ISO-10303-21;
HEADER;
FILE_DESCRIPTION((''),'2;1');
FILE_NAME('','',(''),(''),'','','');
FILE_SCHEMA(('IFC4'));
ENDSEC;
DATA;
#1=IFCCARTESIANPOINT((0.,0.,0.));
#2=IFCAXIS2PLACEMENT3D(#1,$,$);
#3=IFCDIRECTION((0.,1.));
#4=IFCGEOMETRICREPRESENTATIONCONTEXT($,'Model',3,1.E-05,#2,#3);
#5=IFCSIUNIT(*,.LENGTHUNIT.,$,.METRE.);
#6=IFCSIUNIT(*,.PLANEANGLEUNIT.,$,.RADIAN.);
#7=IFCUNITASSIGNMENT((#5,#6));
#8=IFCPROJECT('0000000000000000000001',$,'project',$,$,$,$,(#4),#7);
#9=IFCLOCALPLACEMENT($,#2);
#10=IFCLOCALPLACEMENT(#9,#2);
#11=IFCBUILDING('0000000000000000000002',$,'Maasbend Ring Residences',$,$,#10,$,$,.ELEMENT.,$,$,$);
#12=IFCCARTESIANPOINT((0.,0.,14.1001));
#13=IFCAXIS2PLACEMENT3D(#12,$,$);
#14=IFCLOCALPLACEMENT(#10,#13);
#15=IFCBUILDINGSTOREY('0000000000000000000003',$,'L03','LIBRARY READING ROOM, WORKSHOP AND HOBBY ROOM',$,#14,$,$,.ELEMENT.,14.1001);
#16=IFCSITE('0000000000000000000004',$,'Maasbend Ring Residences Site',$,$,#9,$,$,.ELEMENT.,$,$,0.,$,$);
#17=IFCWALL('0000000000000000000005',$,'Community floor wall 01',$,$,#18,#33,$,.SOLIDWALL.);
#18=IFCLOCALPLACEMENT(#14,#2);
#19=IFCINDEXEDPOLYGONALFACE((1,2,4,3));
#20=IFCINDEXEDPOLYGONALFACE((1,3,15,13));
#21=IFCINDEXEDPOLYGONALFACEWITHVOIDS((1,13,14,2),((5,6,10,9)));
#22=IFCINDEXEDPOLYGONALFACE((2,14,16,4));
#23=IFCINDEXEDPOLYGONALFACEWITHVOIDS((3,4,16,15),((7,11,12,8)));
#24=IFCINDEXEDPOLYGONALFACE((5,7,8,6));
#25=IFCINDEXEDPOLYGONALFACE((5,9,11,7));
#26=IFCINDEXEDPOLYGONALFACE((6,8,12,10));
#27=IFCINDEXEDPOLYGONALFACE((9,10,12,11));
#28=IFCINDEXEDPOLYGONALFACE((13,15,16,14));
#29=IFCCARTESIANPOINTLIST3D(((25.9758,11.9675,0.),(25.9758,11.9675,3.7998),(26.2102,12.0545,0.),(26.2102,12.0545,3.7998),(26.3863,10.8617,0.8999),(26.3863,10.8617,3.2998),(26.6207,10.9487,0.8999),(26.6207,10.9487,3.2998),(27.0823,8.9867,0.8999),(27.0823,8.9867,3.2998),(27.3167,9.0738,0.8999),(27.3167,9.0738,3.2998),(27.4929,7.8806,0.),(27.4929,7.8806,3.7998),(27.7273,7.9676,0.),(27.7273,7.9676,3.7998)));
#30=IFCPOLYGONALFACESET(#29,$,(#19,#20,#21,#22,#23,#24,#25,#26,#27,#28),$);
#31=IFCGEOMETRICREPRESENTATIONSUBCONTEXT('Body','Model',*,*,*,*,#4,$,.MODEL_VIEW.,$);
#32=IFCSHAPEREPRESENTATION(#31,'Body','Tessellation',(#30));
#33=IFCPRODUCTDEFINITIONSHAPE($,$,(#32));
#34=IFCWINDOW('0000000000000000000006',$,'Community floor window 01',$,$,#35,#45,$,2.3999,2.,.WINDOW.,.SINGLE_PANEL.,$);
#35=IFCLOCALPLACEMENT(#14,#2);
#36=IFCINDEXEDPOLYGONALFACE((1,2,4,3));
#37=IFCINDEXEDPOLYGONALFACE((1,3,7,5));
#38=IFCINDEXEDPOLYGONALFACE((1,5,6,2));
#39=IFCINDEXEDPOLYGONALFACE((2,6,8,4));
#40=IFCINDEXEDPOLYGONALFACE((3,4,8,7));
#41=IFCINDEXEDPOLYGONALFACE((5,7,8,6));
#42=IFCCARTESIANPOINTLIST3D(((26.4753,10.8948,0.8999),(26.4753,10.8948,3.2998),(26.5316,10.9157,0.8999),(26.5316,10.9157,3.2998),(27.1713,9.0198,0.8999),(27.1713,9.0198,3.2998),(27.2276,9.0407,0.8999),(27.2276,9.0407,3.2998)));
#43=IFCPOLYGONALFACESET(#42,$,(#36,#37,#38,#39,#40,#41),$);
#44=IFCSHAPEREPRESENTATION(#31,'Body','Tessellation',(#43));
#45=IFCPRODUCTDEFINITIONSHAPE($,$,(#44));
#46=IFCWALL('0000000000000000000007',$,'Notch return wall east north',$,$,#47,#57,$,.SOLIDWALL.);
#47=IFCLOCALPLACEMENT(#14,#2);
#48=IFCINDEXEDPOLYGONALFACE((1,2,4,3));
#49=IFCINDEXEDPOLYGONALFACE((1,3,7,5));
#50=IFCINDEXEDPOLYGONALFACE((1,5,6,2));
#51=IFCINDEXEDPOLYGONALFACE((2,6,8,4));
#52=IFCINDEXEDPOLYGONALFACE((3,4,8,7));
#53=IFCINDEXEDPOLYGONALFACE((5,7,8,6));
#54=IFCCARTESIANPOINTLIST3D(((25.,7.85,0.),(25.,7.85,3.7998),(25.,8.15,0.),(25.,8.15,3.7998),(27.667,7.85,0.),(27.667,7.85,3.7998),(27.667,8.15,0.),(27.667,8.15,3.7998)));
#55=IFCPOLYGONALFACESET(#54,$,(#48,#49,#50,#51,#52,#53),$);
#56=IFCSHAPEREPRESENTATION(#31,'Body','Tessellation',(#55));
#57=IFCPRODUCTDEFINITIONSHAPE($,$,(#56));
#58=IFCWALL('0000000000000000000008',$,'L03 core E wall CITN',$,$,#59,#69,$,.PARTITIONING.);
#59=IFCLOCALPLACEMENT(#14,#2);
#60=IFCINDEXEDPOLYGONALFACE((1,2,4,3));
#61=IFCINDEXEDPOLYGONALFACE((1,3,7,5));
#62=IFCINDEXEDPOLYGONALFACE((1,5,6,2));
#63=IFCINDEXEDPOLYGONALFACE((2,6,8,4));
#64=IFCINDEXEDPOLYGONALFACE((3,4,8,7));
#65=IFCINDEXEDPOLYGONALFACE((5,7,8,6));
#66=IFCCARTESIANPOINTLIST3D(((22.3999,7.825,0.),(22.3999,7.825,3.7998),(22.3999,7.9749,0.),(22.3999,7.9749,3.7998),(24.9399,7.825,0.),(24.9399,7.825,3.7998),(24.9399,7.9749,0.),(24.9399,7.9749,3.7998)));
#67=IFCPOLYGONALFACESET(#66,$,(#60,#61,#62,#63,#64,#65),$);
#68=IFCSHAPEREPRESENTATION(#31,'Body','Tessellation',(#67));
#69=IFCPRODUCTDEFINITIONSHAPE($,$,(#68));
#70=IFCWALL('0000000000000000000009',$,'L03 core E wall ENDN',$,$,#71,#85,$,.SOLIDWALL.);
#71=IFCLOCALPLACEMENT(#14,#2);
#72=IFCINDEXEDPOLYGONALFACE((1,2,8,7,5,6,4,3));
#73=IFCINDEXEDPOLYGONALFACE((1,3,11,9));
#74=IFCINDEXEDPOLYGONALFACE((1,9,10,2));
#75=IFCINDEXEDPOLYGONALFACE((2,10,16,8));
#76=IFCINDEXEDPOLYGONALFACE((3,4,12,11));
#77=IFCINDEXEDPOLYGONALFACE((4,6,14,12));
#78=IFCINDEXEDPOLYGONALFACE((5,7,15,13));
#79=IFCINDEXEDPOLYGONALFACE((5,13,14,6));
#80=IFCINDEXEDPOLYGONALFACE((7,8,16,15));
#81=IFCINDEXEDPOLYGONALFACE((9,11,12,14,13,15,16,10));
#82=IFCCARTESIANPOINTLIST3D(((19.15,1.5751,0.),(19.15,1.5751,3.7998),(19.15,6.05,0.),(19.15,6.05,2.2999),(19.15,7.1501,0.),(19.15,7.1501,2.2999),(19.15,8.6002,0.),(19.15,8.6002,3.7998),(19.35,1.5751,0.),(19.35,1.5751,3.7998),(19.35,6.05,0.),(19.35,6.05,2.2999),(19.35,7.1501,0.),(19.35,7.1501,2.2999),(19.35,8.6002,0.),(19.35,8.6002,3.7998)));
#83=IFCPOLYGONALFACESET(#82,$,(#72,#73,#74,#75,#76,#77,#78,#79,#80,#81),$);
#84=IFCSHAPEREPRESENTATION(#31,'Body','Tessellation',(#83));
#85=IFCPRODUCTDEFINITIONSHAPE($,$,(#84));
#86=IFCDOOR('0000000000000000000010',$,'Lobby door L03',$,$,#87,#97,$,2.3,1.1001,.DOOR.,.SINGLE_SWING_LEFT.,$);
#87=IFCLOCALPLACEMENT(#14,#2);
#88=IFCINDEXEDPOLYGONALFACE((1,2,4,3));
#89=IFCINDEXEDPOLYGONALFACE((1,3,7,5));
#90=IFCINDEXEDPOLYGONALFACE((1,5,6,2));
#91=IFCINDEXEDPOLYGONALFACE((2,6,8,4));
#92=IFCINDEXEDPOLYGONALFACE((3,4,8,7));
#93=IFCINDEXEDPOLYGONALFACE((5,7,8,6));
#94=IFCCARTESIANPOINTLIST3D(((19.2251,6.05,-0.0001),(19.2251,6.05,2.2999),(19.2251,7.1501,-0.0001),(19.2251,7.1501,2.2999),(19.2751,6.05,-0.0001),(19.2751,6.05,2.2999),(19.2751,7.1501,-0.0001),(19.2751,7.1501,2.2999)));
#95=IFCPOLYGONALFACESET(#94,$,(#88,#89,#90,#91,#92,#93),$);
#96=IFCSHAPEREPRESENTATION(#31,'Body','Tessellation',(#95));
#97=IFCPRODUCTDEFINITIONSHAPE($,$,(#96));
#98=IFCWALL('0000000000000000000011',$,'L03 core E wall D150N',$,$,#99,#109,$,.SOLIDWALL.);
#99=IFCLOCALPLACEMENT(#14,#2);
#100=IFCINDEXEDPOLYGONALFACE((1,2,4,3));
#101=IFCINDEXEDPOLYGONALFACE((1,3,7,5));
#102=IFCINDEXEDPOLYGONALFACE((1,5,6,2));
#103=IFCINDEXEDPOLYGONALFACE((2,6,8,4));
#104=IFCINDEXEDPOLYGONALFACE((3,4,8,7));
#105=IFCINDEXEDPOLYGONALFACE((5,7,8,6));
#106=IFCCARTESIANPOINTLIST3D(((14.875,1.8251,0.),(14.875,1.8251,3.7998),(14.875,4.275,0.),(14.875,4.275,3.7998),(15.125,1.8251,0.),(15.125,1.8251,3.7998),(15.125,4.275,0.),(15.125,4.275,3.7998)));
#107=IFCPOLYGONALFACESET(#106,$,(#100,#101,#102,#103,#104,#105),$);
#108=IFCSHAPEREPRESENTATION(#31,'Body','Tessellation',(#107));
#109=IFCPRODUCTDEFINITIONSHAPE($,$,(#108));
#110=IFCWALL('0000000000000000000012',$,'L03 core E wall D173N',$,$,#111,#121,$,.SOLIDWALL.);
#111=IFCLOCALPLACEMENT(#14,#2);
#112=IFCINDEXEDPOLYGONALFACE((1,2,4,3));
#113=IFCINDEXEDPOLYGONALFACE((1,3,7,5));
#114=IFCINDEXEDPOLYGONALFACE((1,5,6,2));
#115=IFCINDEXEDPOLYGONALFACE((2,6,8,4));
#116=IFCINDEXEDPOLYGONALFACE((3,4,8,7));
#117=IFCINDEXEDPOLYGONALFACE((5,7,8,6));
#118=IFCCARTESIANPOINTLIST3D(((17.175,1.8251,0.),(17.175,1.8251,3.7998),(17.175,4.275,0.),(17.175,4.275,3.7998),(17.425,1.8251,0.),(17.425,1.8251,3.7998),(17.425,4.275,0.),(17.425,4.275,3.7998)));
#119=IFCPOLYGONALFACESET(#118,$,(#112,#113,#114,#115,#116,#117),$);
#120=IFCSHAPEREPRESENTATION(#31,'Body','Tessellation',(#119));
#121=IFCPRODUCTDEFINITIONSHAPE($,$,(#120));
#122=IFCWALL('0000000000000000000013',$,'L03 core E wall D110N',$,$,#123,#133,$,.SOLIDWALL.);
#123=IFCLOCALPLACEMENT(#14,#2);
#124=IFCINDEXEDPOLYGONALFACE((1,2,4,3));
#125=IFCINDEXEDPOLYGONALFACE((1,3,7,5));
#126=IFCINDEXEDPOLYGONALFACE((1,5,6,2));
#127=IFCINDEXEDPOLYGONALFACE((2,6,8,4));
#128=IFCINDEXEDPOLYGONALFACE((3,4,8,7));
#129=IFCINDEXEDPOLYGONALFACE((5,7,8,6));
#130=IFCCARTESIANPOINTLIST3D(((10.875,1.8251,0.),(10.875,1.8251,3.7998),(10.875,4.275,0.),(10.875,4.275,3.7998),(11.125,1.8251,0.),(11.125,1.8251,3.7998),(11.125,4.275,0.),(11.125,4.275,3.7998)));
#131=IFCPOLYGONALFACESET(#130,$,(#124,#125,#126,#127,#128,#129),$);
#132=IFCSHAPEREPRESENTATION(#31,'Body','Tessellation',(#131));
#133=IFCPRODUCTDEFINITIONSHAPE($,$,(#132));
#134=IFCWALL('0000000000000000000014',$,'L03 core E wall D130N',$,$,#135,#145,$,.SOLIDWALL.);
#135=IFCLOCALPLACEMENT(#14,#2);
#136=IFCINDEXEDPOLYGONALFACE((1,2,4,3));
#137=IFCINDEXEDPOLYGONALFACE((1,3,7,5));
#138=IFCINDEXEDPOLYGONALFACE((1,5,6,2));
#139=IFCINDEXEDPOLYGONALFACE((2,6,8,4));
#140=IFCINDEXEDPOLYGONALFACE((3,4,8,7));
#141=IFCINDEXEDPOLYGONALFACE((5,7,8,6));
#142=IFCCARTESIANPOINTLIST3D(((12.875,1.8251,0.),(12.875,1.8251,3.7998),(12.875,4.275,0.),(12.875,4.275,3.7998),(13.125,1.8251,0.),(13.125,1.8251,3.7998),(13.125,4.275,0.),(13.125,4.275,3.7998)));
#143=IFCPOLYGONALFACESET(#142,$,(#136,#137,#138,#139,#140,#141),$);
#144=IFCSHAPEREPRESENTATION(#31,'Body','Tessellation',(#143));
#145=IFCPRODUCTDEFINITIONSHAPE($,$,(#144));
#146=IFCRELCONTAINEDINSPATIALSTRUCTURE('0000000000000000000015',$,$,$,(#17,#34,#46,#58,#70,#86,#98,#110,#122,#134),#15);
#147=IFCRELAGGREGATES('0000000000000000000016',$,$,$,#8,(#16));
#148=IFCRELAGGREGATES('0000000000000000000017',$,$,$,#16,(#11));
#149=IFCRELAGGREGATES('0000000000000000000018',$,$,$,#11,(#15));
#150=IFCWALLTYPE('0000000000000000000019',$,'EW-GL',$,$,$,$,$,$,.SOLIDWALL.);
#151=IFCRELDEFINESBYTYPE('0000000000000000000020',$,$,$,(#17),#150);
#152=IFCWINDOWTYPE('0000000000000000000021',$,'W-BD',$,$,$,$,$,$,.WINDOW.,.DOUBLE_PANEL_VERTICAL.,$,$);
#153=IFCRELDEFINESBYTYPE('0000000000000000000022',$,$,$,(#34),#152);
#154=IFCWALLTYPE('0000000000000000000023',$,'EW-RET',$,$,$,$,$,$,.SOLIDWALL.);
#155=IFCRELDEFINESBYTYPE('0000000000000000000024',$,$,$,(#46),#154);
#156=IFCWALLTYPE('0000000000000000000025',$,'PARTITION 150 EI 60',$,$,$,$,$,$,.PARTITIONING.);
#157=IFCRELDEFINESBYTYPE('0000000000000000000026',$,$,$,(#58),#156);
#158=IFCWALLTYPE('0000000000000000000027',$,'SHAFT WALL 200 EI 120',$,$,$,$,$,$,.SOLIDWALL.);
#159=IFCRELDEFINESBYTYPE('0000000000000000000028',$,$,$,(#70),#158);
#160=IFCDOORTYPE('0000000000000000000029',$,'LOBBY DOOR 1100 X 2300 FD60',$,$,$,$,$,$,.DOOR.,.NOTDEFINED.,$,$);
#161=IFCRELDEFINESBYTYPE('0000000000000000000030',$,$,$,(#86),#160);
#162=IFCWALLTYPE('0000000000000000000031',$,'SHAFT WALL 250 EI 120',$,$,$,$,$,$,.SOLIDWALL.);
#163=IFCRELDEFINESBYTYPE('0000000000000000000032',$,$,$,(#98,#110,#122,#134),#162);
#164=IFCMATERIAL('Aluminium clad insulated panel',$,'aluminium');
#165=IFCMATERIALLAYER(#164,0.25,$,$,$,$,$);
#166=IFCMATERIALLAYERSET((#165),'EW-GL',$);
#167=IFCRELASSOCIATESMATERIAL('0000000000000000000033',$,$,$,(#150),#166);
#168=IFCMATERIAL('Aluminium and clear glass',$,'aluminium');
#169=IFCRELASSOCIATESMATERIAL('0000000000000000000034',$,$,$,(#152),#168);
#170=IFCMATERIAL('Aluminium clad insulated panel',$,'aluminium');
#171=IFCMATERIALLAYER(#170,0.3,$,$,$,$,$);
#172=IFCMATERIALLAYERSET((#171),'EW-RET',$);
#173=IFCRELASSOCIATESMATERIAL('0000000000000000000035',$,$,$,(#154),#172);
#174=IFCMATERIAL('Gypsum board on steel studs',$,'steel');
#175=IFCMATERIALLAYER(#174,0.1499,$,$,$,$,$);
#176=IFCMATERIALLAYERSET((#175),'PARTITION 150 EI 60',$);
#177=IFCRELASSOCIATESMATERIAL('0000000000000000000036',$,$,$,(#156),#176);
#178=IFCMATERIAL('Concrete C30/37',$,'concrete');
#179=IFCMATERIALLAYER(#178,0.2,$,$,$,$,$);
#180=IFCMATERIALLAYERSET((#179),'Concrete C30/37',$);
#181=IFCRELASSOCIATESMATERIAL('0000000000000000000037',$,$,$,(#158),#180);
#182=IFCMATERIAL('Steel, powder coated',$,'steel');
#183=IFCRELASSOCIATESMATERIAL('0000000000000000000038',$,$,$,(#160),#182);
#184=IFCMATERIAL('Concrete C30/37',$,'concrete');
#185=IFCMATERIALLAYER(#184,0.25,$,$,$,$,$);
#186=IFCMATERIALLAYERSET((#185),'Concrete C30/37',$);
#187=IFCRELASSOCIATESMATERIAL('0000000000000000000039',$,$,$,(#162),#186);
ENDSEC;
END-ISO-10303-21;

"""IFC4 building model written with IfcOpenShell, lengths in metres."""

from ifc_helpers import new_model, si_unit, direction, frame, frame_2d, origin, place, context, subcontext, project, spatial, rectangle, extrude, material, layer, layer_set, type_object, element, fill, save


model = new_model("IFC4")

# Units and contexts
model_context = context("Model", 3, precision=1e-05, world=origin(), true_north=direction((0.0, 1.0)))
body_context = subcontext(model_context, "Body", "Model", "MODEL_VIEW")
ifc_project = project(units=[si_unit("LENGTHUNIT", "METRE"), si_unit("PLANEANGLEUNIT", "RADIAN")], contexts=[model_context])

# Site, building, storey
site_placement = place(None, origin())
site = spatial("IfcSite", under=ifc_project, at=site_placement, Name="Maasbend Ring Residences Site", CompositionType="ELEMENT", RefElevation=0.0)
building_placement = place(site_placement, origin())
building = spatial("IfcBuilding", under=site, at=building_placement, Name="Maasbend Ring Residences", CompositionType="ELEMENT")
storey_placement = place(building_placement, frame((0.0, 0.0, 14.1001)))
storey = spatial("IfcBuildingStorey", under=building, at=storey_placement, Name="L03", Description="LIBRARY READING ROOM, WORKSHOP AND HOBBY ROOM", CompositionType="ELEMENT", Elevation=14.1001)

# Wall, opening, window
ifc_material_1 = material(Name="Aluminium clad insulated panel", Category="aluminium")
ifc_layer_1 = layer(ifc_material_1, 0.25)
ifc_layer_set_1 = layer_set([ifc_layer_1], Name="EW-GL")
wall_type_1 = type_object("IfcWallType", Name="EW-GL", PredefinedType="SOLIDWALL", material=ifc_layer_set_1)
wall_1_placement = place(storey_placement, frame((27.6101, 7.9241, 0.0), z_axis=(0.0, 0.0, 1.0), x_axis=(-0.348004, 0.937493, 0.0)))
wall_1 = element("IfcWall", 1, at=wall_1_placement, inside=storey, type_object=wall_type_1, Name="Community floor wall 01", PredefinedType="SOLIDWALL", context=body_context, shape_type="SweptSolid", body=[
    extrude(rectangle(XDim=4.3594, YDim=0.25, at=frame_2d((2.1797, 0.0))), origin(), (0.0, 0.0, 1.0), 3.7998),
])
opening_1_placement = place(wall_1_placement, frame((1.1799, 0.0, 0.8999)))
opening_1 = element("IfcOpeningElement", 2, at=opening_1_placement, cuts=wall_1, PredefinedType="OPENING", context=body_context, shape_type="SweptSolid", body=[
    extrude(rectangle(XDim=2.0, YDim=2.3999, at=frame_2d((1.0, 1.2))), frame((0.0, 0.135, 0.0), z_axis=(0.0, -1.0, 0.0), x_axis=(1.0, 0.0, 0.0)), (0.0, 0.0, 1.0), 0.27),
])
ifc_material_2 = material(Name="Aluminium and clear glass", Category="aluminium")
window_type = type_object("IfcWindowType", Name="W-BD", PartitioningType="DOUBLE_PANEL_VERTICAL", PredefinedType="WINDOW", material=ifc_material_2)
window_placement = place(opening_1_placement, origin())
window = element("IfcWindow", 3, at=window_placement, inside=storey, type_object=window_type, Name="Community floor window 01", OverallHeight=2.3999, OverallWidth=2.0, PartitioningType="SINGLE_PANEL", PredefinedType="WINDOW", context=body_context, shape_type="SweptSolid", body=[
    extrude(rectangle(XDim=2.0, YDim=2.3999, at=frame_2d((1.0, 1.2))), frame((0.0, 0.03, 0.0), z_axis=(0.0, -1.0, 0.0), x_axis=(1.0, 0.0, 0.0)), (0.0, 0.0, 1.0), 0.0601),
])
fill(opening_1, window)

# Walls
ifc_material_3 = material(Name="Aluminium clad insulated panel", Category="aluminium")
ifc_layer_2 = layer(ifc_material_3, 0.3)
ifc_layer_set_2 = layer_set([ifc_layer_2], Name="EW-RET")
wall_type_2 = type_object("IfcWallType", Name="EW-RET", PredefinedType="SOLIDWALL", material=ifc_layer_set_2)
wall_2_placement = place(storey_placement, frame((25.0, 8.0, 0.0), z_axis=(0.0, 0.0, 1.0), x_axis=(1.0, 0.0, 0.0)))
element("IfcWall", 4, at=wall_2_placement, inside=storey, type_object=wall_type_2, Name="Notch return wall east north", PredefinedType="SOLIDWALL", context=body_context, shape_type="SweptSolid", body=[
    extrude(rectangle(XDim=2.667, YDim=0.3, at=frame_2d((1.3335, 0.0))), origin(), (0.0, 0.0, 1.0), 3.7998),
])
ifc_material_4 = material(Name="Gypsum board on steel studs", Category="steel")
ifc_layer_3 = layer(ifc_material_4, 0.1499)
ifc_layer_set_3 = layer_set([ifc_layer_3], Name="PARTITION 150 EI 60")
wall_type_3 = type_object("IfcWallType", Name="PARTITION 150 EI 60", PredefinedType="PARTITIONING", material=ifc_layer_set_3)
wall_3_placement = place(storey_placement, frame((22.3999, 7.8999, 0.0), z_axis=(0.0, 0.0, 1.0), x_axis=(1.0, 0.0, 0.0)))
element("IfcWall", 5, at=wall_3_placement, inside=storey, type_object=wall_type_3, Name="L03 core E wall CITN", PredefinedType="PARTITIONING", context=body_context, shape_type="SweptSolid", body=[
    extrude(rectangle(XDim=2.54, YDim=0.1499, at=frame_2d((1.27, 0.0))), origin(), (0.0, 0.0, 1.0), 3.7998),
])

# Wall, opening, door
ifc_material_5 = material(Name="Concrete C30/37", Category="concrete")
ifc_layer_4 = layer(ifc_material_5, 0.2)
ifc_layer_set_4 = layer_set([ifc_layer_4], Name="Concrete C30/37")
wall_type_4 = type_object("IfcWallType", Name="SHAFT WALL 200 EI 120", PredefinedType="SOLIDWALL", material=ifc_layer_set_4)
wall_4_placement = place(storey_placement, frame((19.25, 1.575, 0.0), z_axis=(0.0, 0.0, 1.0), x_axis=(0.0, 1.0, 0.0)))
wall_4 = element("IfcWall", 6, at=wall_4_placement, inside=storey, type_object=wall_type_4, Name="L03 core E wall ENDN", PredefinedType="SOLIDWALL", context=body_context, shape_type="SweptSolid", body=[
    extrude(rectangle(XDim=7.0251, YDim=0.2, at=frame_2d((3.5127, 0.0))), origin(), (0.0, 0.0, 1.0), 3.7998),
])
opening_2_placement = place(wall_4_placement, frame((4.4751, 0.0, 0.0)))
opening_2 = element("IfcOpeningElement", 7, at=opening_2_placement, cuts=wall_4, PredefinedType="OPENING", context=body_context, shape_type="SweptSolid", body=[
    extrude(rectangle(XDim=1.1001, YDim=2.3, at=frame_2d((0.55, 1.1499))), frame((0.0, 0.1099, 0.0), z_axis=(0.0, -1.0, 0.0), x_axis=(1.0, 0.0, 0.0)), (0.0, 0.0, 1.0), 0.22),
])
ifc_material_6 = material(Name="Steel, powder coated", Category="steel")
door_type_1 = type_object("IfcDoorType", Name="LOBBY DOOR 1100 X 2300 FD60", OperationType="NOTDEFINED", PredefinedType="DOOR", material=ifc_material_6)
door_1_placement = place(opening_2_placement, origin())
door_1 = element("IfcDoor", 8, at=door_1_placement, inside=storey, type_object=door_type_1, Name="Lobby door L03", OperationType="SINGLE_SWING_LEFT", OverallHeight=2.3, OverallWidth=1.1001, PredefinedType="DOOR", context=body_context, shape_type="SweptSolid", body=[
    extrude(rectangle(XDim=1.1001, YDim=2.3, at=frame_2d((0.55, 1.1499))), frame((0.0, 0.0249, 0.0), z_axis=(0.0, -1.0, 0.0), x_axis=(1.0, 0.0, 0.0)), (0.0, 0.0, 1.0), 0.05),
])
fill(opening_2, door_1)

# Walls
ifc_material_7 = material(Name="Concrete C30/37", Category="concrete")
ifc_layer_5 = layer(ifc_material_7, 0.25)
ifc_layer_set_5 = layer_set([ifc_layer_5], Name="Concrete C30/37")
wall_type_5 = type_object("IfcWallType", Name="SHAFT WALL 250 EI 120", PredefinedType="SOLIDWALL", material=ifc_layer_set_5)
for number, where, z_axis, x_axis, name in (
    (9, (15.0, 1.825, 0.0), (0.0, 0.0, 1.0), (0.0, 1.0, 0.0), "L03 core E wall D150N"),
    (10, (17.3, 1.825, 0.0), (0.0, 0.0, 1.0), (0.0, 1.0, 0.0), "L03 core E wall D173N"),
    (11, (11.0, 1.825, 0.0), (0.0, 0.0, 1.0), (0.0, 1.0, 0.0), "L03 core E wall D110N"),
    (12, (13.0, 1.825, 0.0), (0.0, 0.0, 1.0), (0.0, 1.0, 0.0), "L03 core E wall D130N"),
):
    element("IfcWall", number, at=place(storey_placement, frame(where, z_axis=z_axis, x_axis=x_axis)), inside=storey, type_object=wall_type_5, Name=name, PredefinedType="SOLIDWALL", context=body_context, shape_type="SweptSolid", body=[
        extrude(rectangle(XDim=2.45, YDim=0.25, at=frame_2d((1.2251, 0.0))), origin(), (0.0, 0.0, 1.0), 3.7998),
    ])

save(model, "model.ifc")
